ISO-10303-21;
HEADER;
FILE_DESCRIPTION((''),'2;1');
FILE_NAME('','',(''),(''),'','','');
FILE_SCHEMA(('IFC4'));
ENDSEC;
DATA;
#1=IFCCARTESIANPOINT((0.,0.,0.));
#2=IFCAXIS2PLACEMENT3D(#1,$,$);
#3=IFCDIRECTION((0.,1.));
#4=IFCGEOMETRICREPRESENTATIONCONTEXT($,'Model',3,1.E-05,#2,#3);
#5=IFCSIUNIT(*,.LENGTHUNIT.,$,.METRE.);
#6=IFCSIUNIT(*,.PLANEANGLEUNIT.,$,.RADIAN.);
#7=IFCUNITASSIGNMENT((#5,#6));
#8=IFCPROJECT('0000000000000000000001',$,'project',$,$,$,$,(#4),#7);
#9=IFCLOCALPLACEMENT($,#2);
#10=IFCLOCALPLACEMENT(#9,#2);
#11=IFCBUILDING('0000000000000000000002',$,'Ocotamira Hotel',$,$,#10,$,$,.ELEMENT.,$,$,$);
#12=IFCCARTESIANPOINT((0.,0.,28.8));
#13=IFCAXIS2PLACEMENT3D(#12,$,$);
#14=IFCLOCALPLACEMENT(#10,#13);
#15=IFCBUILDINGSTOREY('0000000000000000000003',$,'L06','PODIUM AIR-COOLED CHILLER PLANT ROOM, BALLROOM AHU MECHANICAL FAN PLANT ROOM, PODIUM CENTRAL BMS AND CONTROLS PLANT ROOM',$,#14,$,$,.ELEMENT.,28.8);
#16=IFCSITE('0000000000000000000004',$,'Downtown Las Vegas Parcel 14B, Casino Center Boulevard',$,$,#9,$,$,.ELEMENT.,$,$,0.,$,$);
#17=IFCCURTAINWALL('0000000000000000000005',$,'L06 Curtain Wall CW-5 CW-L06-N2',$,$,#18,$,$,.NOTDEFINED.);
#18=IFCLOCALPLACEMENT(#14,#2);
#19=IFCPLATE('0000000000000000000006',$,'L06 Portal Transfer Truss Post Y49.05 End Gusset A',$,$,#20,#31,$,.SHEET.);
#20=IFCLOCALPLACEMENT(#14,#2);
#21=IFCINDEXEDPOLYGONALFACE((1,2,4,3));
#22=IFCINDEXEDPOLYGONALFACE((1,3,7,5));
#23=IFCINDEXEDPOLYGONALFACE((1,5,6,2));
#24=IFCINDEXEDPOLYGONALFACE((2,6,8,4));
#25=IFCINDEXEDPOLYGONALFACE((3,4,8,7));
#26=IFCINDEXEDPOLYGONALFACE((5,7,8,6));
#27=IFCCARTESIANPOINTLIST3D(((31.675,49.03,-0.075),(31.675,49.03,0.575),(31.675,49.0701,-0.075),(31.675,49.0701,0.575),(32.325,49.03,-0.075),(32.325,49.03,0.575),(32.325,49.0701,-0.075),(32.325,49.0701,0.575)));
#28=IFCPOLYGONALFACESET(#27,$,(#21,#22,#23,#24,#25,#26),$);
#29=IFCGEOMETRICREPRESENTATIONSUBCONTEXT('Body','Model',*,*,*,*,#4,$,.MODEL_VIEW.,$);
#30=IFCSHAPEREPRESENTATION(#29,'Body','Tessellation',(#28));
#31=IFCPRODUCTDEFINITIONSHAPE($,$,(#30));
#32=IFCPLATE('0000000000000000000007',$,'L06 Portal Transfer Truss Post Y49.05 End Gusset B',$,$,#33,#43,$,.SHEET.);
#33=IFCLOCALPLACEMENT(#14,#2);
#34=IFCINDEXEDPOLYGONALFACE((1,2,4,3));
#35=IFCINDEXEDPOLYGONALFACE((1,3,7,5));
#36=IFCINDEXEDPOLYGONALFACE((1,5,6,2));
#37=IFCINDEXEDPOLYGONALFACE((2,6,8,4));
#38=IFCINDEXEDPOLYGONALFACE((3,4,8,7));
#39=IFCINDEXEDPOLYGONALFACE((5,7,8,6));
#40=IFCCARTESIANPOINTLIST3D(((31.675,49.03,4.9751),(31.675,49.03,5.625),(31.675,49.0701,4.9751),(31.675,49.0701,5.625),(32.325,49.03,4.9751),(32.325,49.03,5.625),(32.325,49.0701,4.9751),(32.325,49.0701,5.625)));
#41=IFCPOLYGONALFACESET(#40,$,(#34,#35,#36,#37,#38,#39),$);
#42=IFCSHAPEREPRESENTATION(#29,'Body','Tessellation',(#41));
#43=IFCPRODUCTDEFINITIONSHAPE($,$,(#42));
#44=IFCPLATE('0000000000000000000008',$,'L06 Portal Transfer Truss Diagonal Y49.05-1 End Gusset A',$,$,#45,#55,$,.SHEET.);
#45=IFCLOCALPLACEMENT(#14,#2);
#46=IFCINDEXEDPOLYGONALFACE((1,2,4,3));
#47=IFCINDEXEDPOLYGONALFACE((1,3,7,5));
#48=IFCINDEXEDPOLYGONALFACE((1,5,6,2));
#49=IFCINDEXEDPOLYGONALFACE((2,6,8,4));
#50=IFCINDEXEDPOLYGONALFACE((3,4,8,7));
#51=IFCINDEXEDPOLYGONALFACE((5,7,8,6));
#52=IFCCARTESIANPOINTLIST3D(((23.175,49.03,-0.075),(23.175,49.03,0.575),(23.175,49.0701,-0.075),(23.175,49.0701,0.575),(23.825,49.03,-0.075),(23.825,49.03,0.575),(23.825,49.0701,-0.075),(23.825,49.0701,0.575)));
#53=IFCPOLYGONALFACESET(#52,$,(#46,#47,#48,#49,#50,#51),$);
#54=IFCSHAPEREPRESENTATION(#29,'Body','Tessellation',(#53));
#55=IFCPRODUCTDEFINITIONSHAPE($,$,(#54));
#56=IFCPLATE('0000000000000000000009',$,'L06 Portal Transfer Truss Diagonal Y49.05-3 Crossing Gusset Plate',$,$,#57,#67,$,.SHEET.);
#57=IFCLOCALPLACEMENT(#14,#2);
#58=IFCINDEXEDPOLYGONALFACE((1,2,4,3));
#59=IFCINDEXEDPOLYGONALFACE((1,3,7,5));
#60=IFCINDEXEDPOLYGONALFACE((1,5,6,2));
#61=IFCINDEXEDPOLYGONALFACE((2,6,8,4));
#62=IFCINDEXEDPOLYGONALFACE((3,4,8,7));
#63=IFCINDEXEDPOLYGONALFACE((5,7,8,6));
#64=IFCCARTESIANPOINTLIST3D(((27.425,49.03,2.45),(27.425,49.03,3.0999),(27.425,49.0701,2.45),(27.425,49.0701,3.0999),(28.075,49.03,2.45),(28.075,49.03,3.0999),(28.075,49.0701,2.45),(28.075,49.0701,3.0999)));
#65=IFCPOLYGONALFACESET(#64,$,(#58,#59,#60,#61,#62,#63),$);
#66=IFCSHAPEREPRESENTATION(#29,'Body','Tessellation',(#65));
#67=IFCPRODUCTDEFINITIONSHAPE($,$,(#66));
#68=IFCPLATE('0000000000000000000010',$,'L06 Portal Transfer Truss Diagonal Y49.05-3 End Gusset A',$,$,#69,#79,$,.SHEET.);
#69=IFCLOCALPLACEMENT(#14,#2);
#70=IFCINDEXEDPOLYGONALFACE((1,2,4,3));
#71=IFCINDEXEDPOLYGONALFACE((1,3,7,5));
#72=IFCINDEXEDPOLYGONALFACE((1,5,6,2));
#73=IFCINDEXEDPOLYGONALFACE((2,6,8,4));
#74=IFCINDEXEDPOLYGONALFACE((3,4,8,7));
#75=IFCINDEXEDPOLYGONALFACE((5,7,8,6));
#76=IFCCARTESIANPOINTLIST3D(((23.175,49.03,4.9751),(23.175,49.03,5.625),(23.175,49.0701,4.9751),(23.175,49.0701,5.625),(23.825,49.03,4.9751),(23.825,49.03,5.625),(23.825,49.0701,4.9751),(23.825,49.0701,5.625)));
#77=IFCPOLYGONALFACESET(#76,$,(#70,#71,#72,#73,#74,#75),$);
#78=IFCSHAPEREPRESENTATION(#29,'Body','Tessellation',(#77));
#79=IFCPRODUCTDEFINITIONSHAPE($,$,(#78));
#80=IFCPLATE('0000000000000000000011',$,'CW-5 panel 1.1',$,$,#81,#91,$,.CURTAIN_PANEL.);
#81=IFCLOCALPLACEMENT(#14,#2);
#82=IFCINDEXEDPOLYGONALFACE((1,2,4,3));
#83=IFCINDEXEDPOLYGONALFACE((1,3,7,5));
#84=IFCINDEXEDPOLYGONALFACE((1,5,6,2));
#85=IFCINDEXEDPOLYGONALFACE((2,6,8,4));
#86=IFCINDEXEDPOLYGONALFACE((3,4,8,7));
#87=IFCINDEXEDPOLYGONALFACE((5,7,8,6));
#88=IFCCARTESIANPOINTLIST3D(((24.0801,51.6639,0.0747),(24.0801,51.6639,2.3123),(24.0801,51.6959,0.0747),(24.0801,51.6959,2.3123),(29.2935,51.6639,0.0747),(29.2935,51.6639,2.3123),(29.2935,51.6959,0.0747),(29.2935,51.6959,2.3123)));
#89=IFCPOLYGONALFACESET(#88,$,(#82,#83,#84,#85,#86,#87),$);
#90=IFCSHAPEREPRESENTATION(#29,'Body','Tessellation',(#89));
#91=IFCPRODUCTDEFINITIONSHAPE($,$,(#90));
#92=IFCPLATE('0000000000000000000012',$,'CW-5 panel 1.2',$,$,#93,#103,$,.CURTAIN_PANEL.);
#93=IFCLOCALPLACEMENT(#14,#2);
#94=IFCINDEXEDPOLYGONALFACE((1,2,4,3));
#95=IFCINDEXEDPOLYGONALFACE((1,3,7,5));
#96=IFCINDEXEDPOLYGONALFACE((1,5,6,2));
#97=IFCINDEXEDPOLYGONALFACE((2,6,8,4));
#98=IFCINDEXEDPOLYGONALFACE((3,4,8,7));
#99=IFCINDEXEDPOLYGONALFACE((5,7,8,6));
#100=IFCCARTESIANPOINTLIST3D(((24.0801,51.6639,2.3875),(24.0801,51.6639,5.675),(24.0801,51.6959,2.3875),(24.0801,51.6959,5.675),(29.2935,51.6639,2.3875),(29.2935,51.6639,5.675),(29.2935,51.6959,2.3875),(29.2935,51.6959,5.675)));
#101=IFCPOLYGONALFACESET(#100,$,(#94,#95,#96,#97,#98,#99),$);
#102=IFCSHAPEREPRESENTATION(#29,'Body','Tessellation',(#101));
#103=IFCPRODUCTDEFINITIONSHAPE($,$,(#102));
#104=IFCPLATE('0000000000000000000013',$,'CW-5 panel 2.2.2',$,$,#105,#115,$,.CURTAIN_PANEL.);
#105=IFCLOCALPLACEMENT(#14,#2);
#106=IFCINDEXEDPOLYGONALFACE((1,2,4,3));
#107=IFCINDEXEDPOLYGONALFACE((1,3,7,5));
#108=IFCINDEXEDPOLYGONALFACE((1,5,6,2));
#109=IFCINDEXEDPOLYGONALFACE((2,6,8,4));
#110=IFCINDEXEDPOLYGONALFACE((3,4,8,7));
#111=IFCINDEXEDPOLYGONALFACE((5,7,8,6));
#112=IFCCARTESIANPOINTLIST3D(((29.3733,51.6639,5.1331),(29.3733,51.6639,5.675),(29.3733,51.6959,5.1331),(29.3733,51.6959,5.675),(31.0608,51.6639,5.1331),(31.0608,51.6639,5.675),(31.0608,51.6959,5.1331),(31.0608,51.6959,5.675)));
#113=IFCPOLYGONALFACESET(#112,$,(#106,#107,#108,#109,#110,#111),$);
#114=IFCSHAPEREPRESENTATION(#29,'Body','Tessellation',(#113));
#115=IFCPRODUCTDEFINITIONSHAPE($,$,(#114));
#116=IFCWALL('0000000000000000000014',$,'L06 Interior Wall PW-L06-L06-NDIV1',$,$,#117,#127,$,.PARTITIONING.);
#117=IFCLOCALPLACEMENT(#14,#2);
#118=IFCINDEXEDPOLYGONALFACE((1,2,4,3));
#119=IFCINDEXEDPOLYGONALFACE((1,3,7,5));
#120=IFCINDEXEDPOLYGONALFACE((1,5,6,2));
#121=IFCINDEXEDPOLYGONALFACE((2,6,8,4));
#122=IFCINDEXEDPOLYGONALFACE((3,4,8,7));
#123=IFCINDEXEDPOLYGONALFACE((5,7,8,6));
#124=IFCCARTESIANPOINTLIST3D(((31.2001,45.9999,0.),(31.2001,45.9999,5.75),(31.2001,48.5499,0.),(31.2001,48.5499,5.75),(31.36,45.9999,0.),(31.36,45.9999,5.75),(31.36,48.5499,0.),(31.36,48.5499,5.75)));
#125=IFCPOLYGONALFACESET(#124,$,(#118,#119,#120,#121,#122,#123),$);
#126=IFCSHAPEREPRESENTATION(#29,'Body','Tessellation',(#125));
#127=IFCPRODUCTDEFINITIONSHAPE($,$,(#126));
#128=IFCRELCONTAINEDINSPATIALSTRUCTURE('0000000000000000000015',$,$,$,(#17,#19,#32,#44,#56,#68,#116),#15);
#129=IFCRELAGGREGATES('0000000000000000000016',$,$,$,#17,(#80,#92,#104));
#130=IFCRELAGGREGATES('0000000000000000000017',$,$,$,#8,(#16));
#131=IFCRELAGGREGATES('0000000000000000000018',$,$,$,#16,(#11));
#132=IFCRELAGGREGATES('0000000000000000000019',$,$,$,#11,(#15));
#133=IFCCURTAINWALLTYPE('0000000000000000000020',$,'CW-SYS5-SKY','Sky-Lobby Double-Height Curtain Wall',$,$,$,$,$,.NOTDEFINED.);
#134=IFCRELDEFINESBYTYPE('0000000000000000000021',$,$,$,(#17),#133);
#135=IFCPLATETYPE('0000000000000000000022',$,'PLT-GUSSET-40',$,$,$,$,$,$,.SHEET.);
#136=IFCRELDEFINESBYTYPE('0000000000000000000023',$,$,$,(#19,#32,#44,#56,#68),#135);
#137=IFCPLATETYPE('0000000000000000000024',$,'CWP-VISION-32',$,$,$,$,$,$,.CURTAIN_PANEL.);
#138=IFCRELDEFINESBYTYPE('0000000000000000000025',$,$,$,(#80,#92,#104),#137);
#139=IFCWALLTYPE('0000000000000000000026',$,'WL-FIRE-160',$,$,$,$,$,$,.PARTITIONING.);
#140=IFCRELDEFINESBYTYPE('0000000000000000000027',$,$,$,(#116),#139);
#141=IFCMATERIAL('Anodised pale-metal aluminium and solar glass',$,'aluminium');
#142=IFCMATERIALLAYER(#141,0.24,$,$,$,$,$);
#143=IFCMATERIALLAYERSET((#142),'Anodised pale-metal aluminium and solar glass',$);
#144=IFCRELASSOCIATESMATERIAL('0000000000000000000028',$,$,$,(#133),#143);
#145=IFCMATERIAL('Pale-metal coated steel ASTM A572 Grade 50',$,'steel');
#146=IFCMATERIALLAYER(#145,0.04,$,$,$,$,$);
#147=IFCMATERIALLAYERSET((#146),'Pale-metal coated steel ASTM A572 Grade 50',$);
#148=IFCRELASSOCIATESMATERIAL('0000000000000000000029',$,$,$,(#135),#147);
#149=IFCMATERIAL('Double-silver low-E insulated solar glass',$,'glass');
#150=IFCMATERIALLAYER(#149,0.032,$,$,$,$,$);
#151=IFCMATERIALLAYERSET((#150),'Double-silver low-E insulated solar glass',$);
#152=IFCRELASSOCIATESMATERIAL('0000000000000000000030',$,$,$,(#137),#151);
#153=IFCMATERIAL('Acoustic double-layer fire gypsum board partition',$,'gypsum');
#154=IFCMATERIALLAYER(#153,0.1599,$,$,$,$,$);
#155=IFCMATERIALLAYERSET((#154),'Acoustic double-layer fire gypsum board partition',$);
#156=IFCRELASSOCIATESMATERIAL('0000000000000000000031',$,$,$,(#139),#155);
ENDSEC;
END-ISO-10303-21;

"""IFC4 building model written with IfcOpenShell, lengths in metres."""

from ifc_helpers import new_model, si_unit, direction, frame, frame_2d, origin, origin_2d, place, context, subcontext, project, spatial, rectangle, extrude, source, transform, mapped, material, layer, layer_set, type_object, element, aggregate, save


model = new_model("IFC4")

# Units and contexts
model_context = context("Model", 3, precision=1e-05, world=origin(), true_north=direction((0.0, 1.0)))
body_context = subcontext(model_context, "Body", "Model", "MODEL_VIEW")
ifc_project = project(units=[si_unit("LENGTHUNIT", "METRE"), si_unit("PLANEANGLEUNIT", "RADIAN")], contexts=[model_context])

# Site, building, storey
site_placement = place(None, origin())
site = spatial("IfcSite", under=ifc_project, at=site_placement, Name="Downtown Las Vegas Parcel 14B, Casino Center Boulevard", CompositionType="ELEMENT", RefElevation=0.0)
building_placement = place(site_placement, origin())
building = spatial("IfcBuilding", under=site, at=building_placement, Name="Ocotamira Hotel", CompositionType="ELEMENT")
storey_placement = place(building_placement, frame((0.0, 0.0, 28.8)))
storey = spatial("IfcBuildingStorey", under=building, at=storey_placement, Name="L06", Description="PODIUM AIR-COOLED CHILLER PLANT ROOM, BALLROOM AHU MECHANICAL FAN PLANT ROOM, PODIUM CENTRAL BMS AND CONTROLS PLANT ROOM", CompositionType="ELEMENT", Elevation=28.8)

# Curtain wall
ifc_material_1 = material(Name="Anodised pale-metal aluminium and solar glass", Category="aluminium")
ifc_layer_1 = layer(ifc_material_1, 0.24)
ifc_layer_set_1 = layer_set([ifc_layer_1], Name="Anodised pale-metal aluminium and solar glass")
curtain_wall_type = type_object("IfcCurtainWallType", Name="CW-SYS5-SKY", Description="Sky-Lobby Double-Height Curtain Wall", PredefinedType="NOTDEFINED", material=ifc_layer_set_1)
curtain_wall_1_placement = place(storey_placement, origin())
curtain_wall_1 = element("IfcCurtainWall", 1, at=curtain_wall_1_placement, inside=storey, type_object=curtain_wall_type, Name="L06 Curtain Wall CW-5 CW-L06-N2", PredefinedType="NOTDEFINED")

# Plates
ifc_material_2 = material(Name="Pale-metal coated steel ASTM A572 Grade 50", Category="steel")
ifc_layer_2 = layer(ifc_material_2, 0.04)
ifc_layer_set_2 = layer_set([ifc_layer_2], Name="Pale-metal coated steel ASTM A572 Grade 50")
plate_type_1 = type_object("IfcPlateType", Name="PLT-GUSSET-40", PredefinedType="SHEET", material=ifc_layer_set_2)
shared_shape_1 = source(origin(), body_context, "Body", "SweptSolid", [
    extrude(rectangle(XDim=0.6499, YDim=0.04, at=origin_2d()), origin(), (0.0, 0.0, 1.0), 0.6499),
])
for number, where, z_axis, x_axis, name in (
    (2, (32.0, 49.05, -0.075), (0.0, 0.0, 1.0), (1.0, 0.0, 0.0), "L06 Portal Transfer Truss Post Y49.05 End Gusset A"),
    (3, (32.0, 49.05, 4.9751), (0.0, 0.0, 1.0), (1.0, 0.0, 0.0), "L06 Portal Transfer Truss Post Y49.05 End Gusset B"),
    (4, (23.5, 49.05, -0.075), (0.0, 0.0, 1.0), (1.0, 0.0, 0.0), "L06 Portal Transfer Truss Diagonal Y49.05-1 End Gusset A"),
    (5, (27.75, 49.05, 2.45), (0.0, 0.0, 1.0), (1.0, 0.0, 0.0), "L06 Portal Transfer Truss Diagonal Y49.05-3 Crossing Gusset Plate"),
    (6, (23.5, 49.05, 4.9751), (0.0, 0.0, 1.0), (1.0, 0.0, 0.0), "L06 Portal Transfer Truss Diagonal Y49.05-3 End Gusset A"),
):
    element("IfcPlate", number, at=place(storey_placement, frame(where, z_axis=z_axis, x_axis=x_axis)), inside=storey, type_object=plate_type_1, Name=name, PredefinedType="SHEET", context=body_context, shape_type="MappedRepresentation", body=[
        mapped(shared_shape_1, transform((0.0, 0.0, 0.0), scale=1.0)),
    ])

# Plates
ifc_material_3 = material(Name="Double-silver low-E insulated solar glass", Category="glass")
ifc_layer_3 = layer(ifc_material_3, 0.032)
ifc_layer_set_3 = layer_set([ifc_layer_3], Name="Double-silver low-E insulated solar glass")
plate_type_2 = type_object("IfcPlateType", Name="CWP-VISION-32", PredefinedType="CURTAIN_PANEL", material=ifc_layer_set_3)
shared_shape_2 = source(origin(), body_context, "Body", "SweptSolid", [
    extrude(rectangle(XDim=5.2134, YDim=0.032, at=origin_2d()), origin(), (0.0, 0.0, 1.0), 2.2375),
])
plate_1_placement = place(storey_placement, frame((26.6868, 51.6799, 0.0747), z_axis=(0.0, 0.0, 1.0), x_axis=(1.0, 0.0, 0.0)))
plate_1 = element("IfcPlate", 7, at=plate_1_placement, type_object=plate_type_2, Name="CW-5 panel 1.1", PredefinedType="CURTAIN_PANEL", context=body_context, shape_type="MappedRepresentation", body=[
    mapped(shared_shape_2, transform((0.0, 0.0, 0.0), scale=1.0)),
])
shared_shape_3 = source(origin(), body_context, "Body", "SweptSolid", [
    extrude(rectangle(XDim=5.2134, YDim=0.032, at=origin_2d()), origin(), (0.0, 0.0, 1.0), 3.2876),
])
plate_2_placement = place(storey_placement, frame((26.6868, 51.6799, 2.3875), z_axis=(0.0, 0.0, 1.0), x_axis=(1.0, 0.0, 0.0)))
plate_2 = element("IfcPlate", 8, at=plate_2_placement, type_object=plate_type_2, Name="CW-5 panel 1.2", PredefinedType="CURTAIN_PANEL", context=body_context, shape_type="MappedRepresentation", body=[
    mapped(shared_shape_3, transform((0.0, 0.0, 0.0), scale=1.0)),
])
shared_shape_4 = source(origin(), body_context, "Body", "SweptSolid", [
    extrude(rectangle(XDim=1.6875, YDim=0.032, at=origin_2d()), origin(), (0.0, 0.0, 1.0), 0.542),
])
plate_3_placement = place(storey_placement, frame((30.217, 51.6799, 5.1331), z_axis=(0.0, 0.0, 1.0), x_axis=(1.0, 0.0, 0.0)))
plate_3 = element("IfcPlate", 9, at=plate_3_placement, type_object=plate_type_2, Name="CW-5 panel 2.2.2", PredefinedType="CURTAIN_PANEL", context=body_context, shape_type="MappedRepresentation", body=[
    mapped(shared_shape_4, transform((0.0, 0.0, 0.0), scale=1.0)),
])
aggregate(curtain_wall_1, [plate_1, plate_2, plate_3])

# Wall
ifc_material_4 = material(Name="Acoustic double-layer fire gypsum board partition", Category="gypsum")
ifc_layer_4 = layer(ifc_material_4, 0.1599)
ifc_layer_set_4 = layer_set([ifc_layer_4], Name="Acoustic double-layer fire gypsum board partition")
wall_type = type_object("IfcWallType", Name="WL-FIRE-160", PredefinedType="PARTITIONING", material=ifc_layer_set_4)
wall_placement = place(storey_placement, frame((31.28, 46.0, 0.0), z_axis=(0.0, 0.0, 1.0), x_axis=(0.0, 1.0, 0.0)))
element("IfcWall", 10, at=wall_placement, inside=storey, type_object=wall_type, Name="L06 Interior Wall PW-L06-L06-NDIV1", PredefinedType="PARTITIONING", context=body_context, shape_type="SweptSolid", body=[
    extrude(rectangle(XDim=2.55, YDim=0.1599, at=frame_2d((1.2749, 0.0))), origin(), (0.0, 0.0, 1.0), 5.75),
])

save(model, "model.ifc")
